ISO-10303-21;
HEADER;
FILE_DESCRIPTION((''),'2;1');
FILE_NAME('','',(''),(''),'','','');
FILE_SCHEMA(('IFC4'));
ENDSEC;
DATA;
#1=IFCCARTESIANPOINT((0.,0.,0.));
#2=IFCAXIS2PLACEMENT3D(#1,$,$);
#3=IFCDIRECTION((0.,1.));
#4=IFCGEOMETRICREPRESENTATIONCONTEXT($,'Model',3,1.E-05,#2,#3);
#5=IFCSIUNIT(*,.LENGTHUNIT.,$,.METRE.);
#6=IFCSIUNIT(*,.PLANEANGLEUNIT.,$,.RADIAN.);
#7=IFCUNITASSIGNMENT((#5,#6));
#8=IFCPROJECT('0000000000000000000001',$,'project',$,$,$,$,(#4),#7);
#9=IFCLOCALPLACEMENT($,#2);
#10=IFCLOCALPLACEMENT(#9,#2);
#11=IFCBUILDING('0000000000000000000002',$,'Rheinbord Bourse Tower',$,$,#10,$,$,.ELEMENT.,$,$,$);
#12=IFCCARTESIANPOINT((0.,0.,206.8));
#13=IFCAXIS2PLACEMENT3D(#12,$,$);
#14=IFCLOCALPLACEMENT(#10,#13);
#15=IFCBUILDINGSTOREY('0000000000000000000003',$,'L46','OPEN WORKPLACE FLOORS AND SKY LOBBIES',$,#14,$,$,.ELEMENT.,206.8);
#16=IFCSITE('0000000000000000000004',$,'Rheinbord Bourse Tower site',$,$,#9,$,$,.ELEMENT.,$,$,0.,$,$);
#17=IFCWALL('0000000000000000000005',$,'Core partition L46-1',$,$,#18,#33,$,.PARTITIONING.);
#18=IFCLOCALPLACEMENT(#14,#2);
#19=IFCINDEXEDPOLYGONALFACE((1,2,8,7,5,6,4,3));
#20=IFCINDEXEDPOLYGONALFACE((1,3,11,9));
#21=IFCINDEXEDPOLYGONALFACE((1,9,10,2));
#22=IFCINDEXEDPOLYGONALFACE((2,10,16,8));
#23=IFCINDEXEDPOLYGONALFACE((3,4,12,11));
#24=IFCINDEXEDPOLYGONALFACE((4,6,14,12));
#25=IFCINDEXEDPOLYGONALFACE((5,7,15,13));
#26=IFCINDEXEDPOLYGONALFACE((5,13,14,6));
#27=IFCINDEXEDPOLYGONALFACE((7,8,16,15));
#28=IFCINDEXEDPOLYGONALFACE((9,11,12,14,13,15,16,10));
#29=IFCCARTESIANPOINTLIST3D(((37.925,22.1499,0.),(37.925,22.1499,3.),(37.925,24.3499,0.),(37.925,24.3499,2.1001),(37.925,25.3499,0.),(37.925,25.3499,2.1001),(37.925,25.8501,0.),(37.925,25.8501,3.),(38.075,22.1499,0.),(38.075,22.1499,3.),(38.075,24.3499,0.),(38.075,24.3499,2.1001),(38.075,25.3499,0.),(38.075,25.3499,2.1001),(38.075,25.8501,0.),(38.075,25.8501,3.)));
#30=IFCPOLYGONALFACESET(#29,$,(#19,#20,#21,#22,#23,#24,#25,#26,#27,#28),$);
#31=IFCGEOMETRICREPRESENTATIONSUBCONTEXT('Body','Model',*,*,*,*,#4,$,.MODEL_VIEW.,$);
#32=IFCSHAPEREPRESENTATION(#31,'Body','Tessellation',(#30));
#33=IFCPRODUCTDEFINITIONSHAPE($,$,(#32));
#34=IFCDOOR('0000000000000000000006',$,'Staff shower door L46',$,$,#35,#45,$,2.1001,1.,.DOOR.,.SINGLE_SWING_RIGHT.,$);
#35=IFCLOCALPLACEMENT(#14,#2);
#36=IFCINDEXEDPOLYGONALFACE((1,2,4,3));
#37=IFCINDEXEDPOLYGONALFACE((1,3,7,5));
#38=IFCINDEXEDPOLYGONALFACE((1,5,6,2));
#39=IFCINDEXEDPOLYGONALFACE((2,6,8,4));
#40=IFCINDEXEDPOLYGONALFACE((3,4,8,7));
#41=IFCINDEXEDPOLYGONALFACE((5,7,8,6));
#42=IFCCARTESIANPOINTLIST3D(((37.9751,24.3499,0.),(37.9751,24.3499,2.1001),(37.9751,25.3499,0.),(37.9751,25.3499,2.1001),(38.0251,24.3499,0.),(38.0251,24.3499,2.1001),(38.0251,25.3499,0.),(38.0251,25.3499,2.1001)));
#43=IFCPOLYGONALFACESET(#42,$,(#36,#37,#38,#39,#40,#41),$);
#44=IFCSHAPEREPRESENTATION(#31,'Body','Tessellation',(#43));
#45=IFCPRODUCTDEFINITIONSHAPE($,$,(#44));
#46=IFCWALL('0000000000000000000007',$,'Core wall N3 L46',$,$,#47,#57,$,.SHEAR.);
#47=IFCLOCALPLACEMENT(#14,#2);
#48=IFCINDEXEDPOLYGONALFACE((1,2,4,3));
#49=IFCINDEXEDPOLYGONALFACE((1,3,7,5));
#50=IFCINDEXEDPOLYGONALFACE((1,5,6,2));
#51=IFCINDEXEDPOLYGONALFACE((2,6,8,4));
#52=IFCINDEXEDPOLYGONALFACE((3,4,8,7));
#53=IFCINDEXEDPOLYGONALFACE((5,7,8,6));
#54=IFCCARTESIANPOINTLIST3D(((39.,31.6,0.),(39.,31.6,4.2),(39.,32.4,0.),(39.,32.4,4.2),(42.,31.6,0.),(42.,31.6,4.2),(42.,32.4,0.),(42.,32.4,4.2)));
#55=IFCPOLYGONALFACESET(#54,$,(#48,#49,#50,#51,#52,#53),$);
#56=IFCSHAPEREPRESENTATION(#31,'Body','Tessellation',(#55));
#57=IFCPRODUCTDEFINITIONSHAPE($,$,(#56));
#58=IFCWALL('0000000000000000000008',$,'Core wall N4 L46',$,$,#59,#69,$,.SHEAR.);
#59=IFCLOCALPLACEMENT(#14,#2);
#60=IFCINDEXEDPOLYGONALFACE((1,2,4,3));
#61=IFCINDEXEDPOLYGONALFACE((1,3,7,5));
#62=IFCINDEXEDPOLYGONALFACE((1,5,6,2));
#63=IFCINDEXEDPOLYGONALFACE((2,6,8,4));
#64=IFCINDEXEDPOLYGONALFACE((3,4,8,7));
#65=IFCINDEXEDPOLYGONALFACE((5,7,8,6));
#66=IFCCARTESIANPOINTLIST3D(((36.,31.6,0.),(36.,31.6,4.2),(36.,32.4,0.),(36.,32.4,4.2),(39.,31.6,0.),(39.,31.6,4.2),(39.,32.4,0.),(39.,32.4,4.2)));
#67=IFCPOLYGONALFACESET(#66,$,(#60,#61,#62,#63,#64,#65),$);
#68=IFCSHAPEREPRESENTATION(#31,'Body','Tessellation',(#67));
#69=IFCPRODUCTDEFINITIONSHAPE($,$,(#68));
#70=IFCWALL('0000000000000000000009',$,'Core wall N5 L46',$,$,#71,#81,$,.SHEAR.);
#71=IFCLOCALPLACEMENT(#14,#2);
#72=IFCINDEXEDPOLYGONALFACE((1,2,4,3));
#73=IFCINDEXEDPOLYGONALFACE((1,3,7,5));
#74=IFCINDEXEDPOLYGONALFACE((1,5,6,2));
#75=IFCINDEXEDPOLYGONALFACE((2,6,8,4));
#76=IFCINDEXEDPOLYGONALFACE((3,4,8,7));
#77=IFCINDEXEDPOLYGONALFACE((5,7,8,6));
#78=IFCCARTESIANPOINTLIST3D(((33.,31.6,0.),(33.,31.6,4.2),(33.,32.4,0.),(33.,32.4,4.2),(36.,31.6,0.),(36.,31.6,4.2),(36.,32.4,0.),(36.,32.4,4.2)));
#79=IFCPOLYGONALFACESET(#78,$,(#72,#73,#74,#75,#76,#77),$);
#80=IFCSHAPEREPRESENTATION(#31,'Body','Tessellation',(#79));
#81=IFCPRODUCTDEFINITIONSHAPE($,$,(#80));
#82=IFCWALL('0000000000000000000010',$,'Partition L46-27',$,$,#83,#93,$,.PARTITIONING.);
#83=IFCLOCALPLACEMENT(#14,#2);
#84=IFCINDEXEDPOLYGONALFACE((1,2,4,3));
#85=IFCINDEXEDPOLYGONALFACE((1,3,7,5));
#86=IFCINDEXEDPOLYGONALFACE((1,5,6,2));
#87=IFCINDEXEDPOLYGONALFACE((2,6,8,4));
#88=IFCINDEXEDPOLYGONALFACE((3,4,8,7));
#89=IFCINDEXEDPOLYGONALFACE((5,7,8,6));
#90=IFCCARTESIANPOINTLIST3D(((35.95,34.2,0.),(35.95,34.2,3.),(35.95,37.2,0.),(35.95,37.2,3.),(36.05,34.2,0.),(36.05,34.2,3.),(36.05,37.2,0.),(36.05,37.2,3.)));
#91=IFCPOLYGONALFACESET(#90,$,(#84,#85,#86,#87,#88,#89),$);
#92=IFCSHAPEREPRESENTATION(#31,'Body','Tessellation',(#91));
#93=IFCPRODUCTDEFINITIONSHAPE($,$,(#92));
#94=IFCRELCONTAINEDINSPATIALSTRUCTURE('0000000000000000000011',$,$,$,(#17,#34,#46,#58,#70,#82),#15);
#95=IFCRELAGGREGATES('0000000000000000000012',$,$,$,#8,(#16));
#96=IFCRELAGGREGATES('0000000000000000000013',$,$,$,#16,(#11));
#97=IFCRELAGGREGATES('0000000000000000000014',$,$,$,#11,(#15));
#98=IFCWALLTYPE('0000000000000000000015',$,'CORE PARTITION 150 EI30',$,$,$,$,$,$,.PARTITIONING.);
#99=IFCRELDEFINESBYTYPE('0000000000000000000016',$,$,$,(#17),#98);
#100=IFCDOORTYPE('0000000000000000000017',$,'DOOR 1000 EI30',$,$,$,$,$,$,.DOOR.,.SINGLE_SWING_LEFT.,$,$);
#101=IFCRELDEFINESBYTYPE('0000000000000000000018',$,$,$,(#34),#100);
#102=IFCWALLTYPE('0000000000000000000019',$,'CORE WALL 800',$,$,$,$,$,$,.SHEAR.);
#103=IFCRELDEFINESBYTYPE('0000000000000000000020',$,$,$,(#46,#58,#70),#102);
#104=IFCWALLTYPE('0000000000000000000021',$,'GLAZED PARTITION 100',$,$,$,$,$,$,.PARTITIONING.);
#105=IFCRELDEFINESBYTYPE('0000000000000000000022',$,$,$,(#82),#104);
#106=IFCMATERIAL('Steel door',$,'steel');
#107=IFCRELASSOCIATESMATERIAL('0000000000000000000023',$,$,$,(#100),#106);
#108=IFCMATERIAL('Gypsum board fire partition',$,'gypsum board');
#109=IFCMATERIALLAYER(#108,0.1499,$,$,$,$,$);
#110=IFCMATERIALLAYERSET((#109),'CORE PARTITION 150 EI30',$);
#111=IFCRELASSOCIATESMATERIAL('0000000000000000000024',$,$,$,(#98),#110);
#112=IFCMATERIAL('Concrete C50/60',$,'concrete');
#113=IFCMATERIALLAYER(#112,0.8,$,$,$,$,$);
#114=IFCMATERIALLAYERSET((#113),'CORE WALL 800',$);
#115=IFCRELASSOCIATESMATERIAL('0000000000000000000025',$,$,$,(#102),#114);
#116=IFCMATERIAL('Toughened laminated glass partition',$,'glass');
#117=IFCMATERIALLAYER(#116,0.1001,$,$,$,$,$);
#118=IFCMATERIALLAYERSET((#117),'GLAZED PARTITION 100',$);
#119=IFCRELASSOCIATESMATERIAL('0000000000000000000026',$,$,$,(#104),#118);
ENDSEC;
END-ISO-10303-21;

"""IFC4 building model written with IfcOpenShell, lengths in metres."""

from ifc_helpers import new_model, si_unit, direction, frame, frame_2d, origin, place, context, subcontext, project, spatial, rectangle, extrude, material, layer, layer_set, type_object, element, fill, save


model = new_model("IFC4")

# Units and contexts
model_context = context("Model", 3, precision=1e-05, world=origin(), true_north=direction((0.0, 1.0)))
body_context = subcontext(model_context, "Body", "Model", "MODEL_VIEW")
ifc_project = project(units=[si_unit("LENGTHUNIT", "METRE"), si_unit("PLANEANGLEUNIT", "RADIAN")], contexts=[model_context])

# Site, building, storey
site_placement = place(None, origin())
site = spatial("IfcSite", under=ifc_project, at=site_placement, Name="Rheinbord Bourse Tower site", CompositionType="ELEMENT", RefElevation=0.0)
building_placement = place(site_placement, origin())
building = spatial("IfcBuilding", under=site, at=building_placement, Name="Rheinbord Bourse Tower", CompositionType="ELEMENT")
storey_placement = place(building_placement, frame((0.0, 0.0, 206.8)))
storey = spatial("IfcBuildingStorey", under=building, at=storey_placement, Name="L46", Description="OPEN WORKPLACE FLOORS AND SKY LOBBIES", CompositionType="ELEMENT", Elevation=206.8)

# Shared definitions
ifc_material_1 = material(Name="Steel door", Category="steel")
door_type_1 = type_object("IfcDoorType", Name="DOOR 1000 EI30", OperationType="SINGLE_SWING_LEFT", PredefinedType="DOOR", material=ifc_material_1)

# Wall, opening, door
ifc_material_2 = material(Name="Gypsum board fire partition", Category="gypsum board")
ifc_layer_1 = layer(ifc_material_2, 0.1499)
ifc_layer_set_1 = layer_set([ifc_layer_1], Name="CORE PARTITION 150 EI30")
wall_type_1 = type_object("IfcWallType", Name="CORE PARTITION 150 EI30", PredefinedType="PARTITIONING", material=ifc_layer_set_1)
wall_1_placement = place(storey_placement, frame((38.0, 22.1499, 0.0), z_axis=(0.0, 0.0, 1.0), x_axis=(0.0, 1.0, 0.0)))
wall_1 = element("IfcWall", 1, at=wall_1_placement, inside=storey, type_object=wall_type_1, Name="Core partition L46-1", PredefinedType="PARTITIONING", context=body_context, shape_type="SweptSolid", body=[
    extrude(rectangle(XDim=3.7002, YDim=0.1499, at=frame_2d((1.8501, 0.0))), origin(), (0.0, 0.0, 1.0), 3.0),
])
opening_1_placement = place(wall_1_placement, frame((2.2, 0.0, 0.0)))
opening_1 = element("IfcOpeningElement", 2, at=opening_1_placement, cuts=wall_1, PredefinedType="OPENING", context=body_context, shape_type="SweptSolid", body=[
    extrude(rectangle(XDim=1.0, YDim=2.1001, at=frame_2d((0.5, 1.05))), frame((0.0, 0.085, 0.0), z_axis=(0.0, -1.0, 0.0), x_axis=(1.0, 0.0, 0.0)), (0.0, 0.0, 1.0), 0.1699),
])
door_1_placement = place(opening_1_placement, origin())
door_1 = element("IfcDoor", 3, at=door_1_placement, inside=storey, type_object=door_type_1, Name="Staff shower door L46", OperationType="SINGLE_SWING_RIGHT", OverallHeight=2.1001, OverallWidth=1.0, PredefinedType="DOOR", context=body_context, shape_type="SweptSolid", body=[
    extrude(rectangle(XDim=1.0, YDim=2.1001, at=frame_2d((0.5, 1.05))), frame((0.0, 0.0249, 0.0), z_axis=(0.0, -1.0, 0.0), x_axis=(1.0, 0.0, 0.0)), (0.0, 0.0, 1.0), 0.05),
])
fill(opening_1, door_1)

# Walls
ifc_material_3 = material(Name="Concrete C50/60", Category="concrete")
ifc_layer_2 = layer(ifc_material_3, 0.8)
ifc_layer_set_2 = layer_set([ifc_layer_2], Name="CORE WALL 800")
wall_type_2 = type_object("IfcWallType", Name="CORE WALL 800", PredefinedType="SHEAR", material=ifc_layer_set_2)
for number, where, z_axis, x_axis, name in (
    (4, (42.0, 32.0, 0.0), (0.0, 0.0, 1.0), (-1.0, 0.0, 0.0), "Core wall N3 L46"),
    (5, (39.0, 32.0, 0.0), (0.0, 0.0, 1.0), (-1.0, 0.0, 0.0), "Core wall N4 L46"),
    (6, (36.0, 32.0, 0.0), (0.0, 0.0, 1.0), (-1.0, 0.0, 0.0), "Core wall N5 L46"),
):
    element("IfcWall", number, at=place(storey_placement, frame(where, z_axis=z_axis, x_axis=x_axis)), inside=storey, type_object=wall_type_2, Name=name, PredefinedType="SHEAR", context=body_context, shape_type="SweptSolid", body=[
        extrude(rectangle(XDim=3.0, YDim=0.8, at=frame_2d((1.5, 0.0))), origin(), (0.0, 0.0, 1.0), 4.2),
    ])
ifc_material_4 = material(Name="Toughened laminated glass partition", Category="glass")
ifc_layer_3 = layer(ifc_material_4, 0.1001)
ifc_layer_set_3 = layer_set([ifc_layer_3], Name="GLAZED PARTITION 100")
wall_type_3 = type_object("IfcWallType", Name="GLAZED PARTITION 100", PredefinedType="PARTITIONING", material=ifc_layer_set_3)
wall_2_placement = place(storey_placement, frame((36.0, 34.2, 0.0), z_axis=(0.0, 0.0, 1.0), x_axis=(0.0, 1.0, 0.0)))
element("IfcWall", 7, at=wall_2_placement, inside=storey, type_object=wall_type_3, Name="Partition L46-27", PredefinedType="PARTITIONING", context=body_context, shape_type="SweptSolid", body=[
    extrude(rectangle(XDim=3.0, YDim=0.1001, at=frame_2d((1.5, 0.0))), origin(), (0.0, 0.0, 1.0), 3.0),
])

save(model, "model.ifc")
